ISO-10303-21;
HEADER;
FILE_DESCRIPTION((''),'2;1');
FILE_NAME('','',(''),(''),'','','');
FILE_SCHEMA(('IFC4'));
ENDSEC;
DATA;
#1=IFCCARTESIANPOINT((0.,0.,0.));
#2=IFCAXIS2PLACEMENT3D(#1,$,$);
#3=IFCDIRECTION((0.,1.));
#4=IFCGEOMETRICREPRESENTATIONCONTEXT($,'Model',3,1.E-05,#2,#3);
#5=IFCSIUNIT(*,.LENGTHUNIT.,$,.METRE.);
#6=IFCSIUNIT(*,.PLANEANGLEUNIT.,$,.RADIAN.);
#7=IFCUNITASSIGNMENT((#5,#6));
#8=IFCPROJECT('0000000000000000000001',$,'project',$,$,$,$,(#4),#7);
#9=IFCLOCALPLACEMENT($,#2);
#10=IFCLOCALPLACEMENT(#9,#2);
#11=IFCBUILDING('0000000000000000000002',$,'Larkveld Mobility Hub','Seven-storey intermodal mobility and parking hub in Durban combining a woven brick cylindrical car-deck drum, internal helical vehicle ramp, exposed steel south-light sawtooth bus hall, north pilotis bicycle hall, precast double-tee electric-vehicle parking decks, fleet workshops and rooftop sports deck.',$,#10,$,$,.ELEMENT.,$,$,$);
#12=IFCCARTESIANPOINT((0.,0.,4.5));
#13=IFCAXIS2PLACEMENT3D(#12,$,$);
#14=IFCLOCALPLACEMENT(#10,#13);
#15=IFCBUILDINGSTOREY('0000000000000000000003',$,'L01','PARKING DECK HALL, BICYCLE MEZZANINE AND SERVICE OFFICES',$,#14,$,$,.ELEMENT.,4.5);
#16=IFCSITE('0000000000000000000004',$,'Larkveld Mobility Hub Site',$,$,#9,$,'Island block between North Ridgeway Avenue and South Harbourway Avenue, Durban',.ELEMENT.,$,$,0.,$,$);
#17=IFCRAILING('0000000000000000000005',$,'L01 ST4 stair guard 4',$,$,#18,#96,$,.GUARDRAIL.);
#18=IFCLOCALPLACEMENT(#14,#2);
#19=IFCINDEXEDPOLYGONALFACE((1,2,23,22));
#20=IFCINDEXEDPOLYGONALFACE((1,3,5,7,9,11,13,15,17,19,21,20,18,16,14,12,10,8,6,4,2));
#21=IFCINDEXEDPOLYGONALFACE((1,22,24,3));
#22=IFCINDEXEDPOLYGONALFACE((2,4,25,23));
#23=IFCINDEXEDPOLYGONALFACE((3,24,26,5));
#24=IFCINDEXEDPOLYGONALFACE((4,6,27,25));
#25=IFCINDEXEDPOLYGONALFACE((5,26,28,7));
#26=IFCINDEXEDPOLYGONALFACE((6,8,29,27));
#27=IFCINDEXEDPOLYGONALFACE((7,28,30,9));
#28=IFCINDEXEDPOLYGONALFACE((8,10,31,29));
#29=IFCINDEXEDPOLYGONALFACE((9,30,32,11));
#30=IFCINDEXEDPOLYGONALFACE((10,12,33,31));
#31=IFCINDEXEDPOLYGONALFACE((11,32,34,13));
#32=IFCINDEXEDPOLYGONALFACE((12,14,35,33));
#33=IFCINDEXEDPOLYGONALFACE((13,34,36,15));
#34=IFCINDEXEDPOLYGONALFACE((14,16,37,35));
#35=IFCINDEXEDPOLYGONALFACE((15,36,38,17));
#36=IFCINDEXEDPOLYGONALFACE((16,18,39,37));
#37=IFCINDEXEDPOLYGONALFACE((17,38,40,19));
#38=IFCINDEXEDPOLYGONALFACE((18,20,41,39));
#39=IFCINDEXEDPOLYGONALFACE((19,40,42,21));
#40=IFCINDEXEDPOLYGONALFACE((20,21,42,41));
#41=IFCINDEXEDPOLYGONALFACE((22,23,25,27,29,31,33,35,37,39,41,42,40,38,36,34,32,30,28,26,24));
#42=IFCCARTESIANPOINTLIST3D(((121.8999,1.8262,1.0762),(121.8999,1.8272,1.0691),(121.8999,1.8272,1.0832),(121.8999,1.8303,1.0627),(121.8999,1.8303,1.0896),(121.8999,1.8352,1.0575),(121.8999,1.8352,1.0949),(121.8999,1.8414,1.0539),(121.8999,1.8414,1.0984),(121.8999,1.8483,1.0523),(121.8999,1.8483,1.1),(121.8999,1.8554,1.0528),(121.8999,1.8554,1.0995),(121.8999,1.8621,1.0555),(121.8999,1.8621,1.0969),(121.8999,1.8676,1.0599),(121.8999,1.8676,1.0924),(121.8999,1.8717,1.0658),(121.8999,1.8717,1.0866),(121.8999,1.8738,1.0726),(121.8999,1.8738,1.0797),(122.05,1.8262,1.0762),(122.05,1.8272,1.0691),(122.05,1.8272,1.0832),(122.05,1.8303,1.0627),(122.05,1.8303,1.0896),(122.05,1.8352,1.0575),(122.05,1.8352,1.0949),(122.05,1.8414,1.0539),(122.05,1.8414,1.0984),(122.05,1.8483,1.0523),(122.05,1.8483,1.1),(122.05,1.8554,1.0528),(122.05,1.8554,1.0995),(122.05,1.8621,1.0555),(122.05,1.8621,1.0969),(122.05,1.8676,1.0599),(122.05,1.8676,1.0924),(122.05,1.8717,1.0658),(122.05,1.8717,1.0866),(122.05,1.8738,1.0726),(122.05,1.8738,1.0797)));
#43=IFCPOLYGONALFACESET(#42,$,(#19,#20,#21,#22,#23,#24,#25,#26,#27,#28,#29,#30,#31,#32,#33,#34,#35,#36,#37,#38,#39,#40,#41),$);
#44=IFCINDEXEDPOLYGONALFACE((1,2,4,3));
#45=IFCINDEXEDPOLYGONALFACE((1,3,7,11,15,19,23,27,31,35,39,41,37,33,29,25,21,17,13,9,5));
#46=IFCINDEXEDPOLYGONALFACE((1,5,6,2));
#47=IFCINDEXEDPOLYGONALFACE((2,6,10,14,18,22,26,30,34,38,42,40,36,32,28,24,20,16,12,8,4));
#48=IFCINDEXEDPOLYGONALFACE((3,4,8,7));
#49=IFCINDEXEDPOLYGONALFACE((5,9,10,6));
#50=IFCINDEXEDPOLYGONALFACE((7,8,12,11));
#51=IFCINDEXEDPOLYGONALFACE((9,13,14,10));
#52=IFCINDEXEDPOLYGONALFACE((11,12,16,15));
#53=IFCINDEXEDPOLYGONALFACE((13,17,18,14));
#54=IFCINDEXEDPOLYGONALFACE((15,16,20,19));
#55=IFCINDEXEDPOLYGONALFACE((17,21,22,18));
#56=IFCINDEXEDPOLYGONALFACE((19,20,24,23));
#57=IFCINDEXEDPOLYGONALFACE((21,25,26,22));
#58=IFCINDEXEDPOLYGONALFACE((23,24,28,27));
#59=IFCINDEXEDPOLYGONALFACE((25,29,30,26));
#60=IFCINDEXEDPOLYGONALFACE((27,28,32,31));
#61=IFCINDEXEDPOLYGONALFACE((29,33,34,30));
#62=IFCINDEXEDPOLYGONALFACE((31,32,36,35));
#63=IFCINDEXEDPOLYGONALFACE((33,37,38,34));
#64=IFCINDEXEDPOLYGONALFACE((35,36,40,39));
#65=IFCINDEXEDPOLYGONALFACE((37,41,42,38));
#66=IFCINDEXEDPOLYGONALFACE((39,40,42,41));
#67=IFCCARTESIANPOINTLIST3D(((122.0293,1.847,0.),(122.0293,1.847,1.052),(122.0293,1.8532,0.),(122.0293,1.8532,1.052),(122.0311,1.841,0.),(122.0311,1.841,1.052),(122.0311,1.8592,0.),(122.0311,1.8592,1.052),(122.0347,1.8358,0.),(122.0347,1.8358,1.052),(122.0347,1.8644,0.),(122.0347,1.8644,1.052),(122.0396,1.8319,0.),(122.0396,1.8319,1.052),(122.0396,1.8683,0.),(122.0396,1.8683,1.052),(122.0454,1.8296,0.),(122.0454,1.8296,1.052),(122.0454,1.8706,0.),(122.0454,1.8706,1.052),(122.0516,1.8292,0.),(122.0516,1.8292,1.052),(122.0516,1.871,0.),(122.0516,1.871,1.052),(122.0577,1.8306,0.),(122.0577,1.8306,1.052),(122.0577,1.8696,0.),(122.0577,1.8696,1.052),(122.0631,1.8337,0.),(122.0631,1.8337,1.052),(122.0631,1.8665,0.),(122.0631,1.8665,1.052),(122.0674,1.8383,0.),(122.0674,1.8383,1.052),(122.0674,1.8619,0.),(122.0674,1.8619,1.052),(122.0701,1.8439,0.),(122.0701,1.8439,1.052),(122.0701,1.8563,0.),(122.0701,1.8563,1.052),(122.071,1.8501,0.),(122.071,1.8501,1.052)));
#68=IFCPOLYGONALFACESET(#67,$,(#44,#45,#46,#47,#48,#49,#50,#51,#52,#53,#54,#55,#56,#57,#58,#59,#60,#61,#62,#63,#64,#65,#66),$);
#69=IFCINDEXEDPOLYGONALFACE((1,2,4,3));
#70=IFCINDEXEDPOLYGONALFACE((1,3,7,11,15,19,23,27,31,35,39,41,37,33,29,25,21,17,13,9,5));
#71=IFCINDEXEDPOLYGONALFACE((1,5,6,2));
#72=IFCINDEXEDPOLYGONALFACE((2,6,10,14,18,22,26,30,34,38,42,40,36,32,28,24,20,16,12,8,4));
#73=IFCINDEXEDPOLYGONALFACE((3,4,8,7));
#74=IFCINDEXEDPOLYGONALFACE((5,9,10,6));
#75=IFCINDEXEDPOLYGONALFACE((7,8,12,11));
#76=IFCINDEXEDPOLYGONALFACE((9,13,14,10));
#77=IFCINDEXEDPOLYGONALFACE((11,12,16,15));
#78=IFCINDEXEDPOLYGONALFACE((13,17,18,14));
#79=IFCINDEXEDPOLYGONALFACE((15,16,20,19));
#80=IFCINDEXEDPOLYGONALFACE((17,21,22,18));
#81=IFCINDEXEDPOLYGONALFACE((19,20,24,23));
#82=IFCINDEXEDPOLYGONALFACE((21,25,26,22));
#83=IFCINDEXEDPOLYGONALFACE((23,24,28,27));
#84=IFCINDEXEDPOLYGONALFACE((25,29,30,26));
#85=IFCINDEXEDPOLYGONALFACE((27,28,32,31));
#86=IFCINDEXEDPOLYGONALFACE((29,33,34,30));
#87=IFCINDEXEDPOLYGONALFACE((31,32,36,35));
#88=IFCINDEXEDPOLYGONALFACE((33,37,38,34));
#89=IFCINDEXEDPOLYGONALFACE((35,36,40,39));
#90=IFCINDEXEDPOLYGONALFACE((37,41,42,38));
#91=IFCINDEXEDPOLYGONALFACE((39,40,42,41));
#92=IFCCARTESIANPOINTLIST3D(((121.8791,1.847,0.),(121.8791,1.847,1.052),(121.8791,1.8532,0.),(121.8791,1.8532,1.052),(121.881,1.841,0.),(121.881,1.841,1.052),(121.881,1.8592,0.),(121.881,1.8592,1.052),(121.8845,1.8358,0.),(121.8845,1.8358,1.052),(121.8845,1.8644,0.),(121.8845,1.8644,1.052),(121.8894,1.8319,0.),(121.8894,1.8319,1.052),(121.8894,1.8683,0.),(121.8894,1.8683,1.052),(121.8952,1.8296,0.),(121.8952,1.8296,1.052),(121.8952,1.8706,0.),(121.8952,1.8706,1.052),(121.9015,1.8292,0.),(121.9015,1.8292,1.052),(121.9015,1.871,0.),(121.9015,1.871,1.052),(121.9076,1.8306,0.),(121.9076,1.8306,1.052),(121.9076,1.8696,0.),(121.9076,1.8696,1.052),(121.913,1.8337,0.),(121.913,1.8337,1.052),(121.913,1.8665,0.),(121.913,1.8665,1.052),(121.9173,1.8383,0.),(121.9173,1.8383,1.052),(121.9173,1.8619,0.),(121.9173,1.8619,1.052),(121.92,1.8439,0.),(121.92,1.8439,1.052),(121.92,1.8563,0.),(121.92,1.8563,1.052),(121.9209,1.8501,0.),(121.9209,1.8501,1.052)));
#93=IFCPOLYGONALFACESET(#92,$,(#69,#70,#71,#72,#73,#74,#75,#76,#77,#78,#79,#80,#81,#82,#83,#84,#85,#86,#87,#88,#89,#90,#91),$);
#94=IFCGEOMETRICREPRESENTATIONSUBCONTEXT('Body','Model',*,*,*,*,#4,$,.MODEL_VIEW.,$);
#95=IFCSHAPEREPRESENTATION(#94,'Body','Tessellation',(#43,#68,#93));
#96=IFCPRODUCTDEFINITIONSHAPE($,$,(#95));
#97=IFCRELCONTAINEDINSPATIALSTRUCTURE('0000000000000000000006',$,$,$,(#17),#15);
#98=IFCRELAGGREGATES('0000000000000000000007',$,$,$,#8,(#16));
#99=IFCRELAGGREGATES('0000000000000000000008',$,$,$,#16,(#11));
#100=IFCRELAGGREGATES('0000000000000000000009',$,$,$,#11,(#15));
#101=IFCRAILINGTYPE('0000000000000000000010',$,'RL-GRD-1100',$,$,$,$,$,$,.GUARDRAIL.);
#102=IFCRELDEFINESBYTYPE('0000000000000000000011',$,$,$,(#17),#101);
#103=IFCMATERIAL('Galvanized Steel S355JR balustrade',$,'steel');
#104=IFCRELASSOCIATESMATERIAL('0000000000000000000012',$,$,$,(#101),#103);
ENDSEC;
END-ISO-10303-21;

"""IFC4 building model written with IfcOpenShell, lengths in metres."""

from ifc_helpers import new_model, si_unit, direction, frame, origin, origin_2d, place, context, subcontext, project, spatial, circle, extrude, material, type_object, element, save


model = new_model("IFC4")

# Units and contexts
model_context = context("Model", 3, precision=1e-05, world=origin(), true_north=direction((0.0, 1.0)))
body_context = subcontext(model_context, "Body", "Model", "MODEL_VIEW")
ifc_project = project(units=[si_unit("LENGTHUNIT", "METRE"), si_unit("PLANEANGLEUNIT", "RADIAN")], contexts=[model_context])

# Site, building, storey
site_placement = place(None, origin())
site = spatial("IfcSite", under=ifc_project, at=site_placement, Name="Larkveld Mobility Hub Site", LongName="Island block between North Ridgeway Avenue and South Harbourway Avenue, Durban", CompositionType="ELEMENT", RefElevation=0.0)
building_placement = place(site_placement, origin())
building = spatial("IfcBuilding", under=site, at=building_placement, Name="Larkveld Mobility Hub", Description="Seven-storey intermodal mobility and parking hub in Durban combining a woven brick cylindrical car-deck drum, internal helical vehicle ramp, exposed steel south-light sawtooth bus hall, north pilotis bicycle hall, precast double-tee electric-vehicle parking decks, fleet workshops and rooftop sports deck.", CompositionType="ELEMENT")
storey_placement = place(building_placement, frame((0.0, 0.0, 4.5)))
storey = spatial("IfcBuildingStorey", under=building, at=storey_placement, Name="L01", Description="PARKING DECK HALL, BICYCLE MEZZANINE AND SERVICE OFFICES", CompositionType="ELEMENT", Elevation=4.5)

# Railing
ifc_material_1 = material(Name="Galvanized Steel S355JR balustrade", Category="steel")
railing_type_1 = type_object("IfcRailingType", Name="RL-GRD-1100", PredefinedType="GUARDRAIL", material=ifc_material_1)
railing_1_placement = place(storey_placement, frame((122.05, 1.8501, 0.0)))
element("IfcRailing", 1, at=railing_1_placement, inside=storey, type_object=railing_type_1, Name="L01 ST4 stair guard 4", PredefinedType="GUARDRAIL", context=body_context, shape_type="SweptSolid", body=[
    extrude(circle(Radius=0.0239, at=origin_2d()), frame((0.0, 0.0, 1.0762), z_axis=(-1.0, 0.0, 0.0), x_axis=(0.0, -1.0, 0.0)), (0.0, 0.0, 1.0), 0.1501),
    extrude(circle(Radius=0.021, at=origin_2d()), origin(), (0.0, 0.0, 1.0), 1.052),
    extrude(circle(Radius=0.021, at=origin_2d()), frame((-0.1501, 0.0, 0.0)), (0.0, 0.0, 1.0), 1.052),
])

save(model, "model.ifc")
